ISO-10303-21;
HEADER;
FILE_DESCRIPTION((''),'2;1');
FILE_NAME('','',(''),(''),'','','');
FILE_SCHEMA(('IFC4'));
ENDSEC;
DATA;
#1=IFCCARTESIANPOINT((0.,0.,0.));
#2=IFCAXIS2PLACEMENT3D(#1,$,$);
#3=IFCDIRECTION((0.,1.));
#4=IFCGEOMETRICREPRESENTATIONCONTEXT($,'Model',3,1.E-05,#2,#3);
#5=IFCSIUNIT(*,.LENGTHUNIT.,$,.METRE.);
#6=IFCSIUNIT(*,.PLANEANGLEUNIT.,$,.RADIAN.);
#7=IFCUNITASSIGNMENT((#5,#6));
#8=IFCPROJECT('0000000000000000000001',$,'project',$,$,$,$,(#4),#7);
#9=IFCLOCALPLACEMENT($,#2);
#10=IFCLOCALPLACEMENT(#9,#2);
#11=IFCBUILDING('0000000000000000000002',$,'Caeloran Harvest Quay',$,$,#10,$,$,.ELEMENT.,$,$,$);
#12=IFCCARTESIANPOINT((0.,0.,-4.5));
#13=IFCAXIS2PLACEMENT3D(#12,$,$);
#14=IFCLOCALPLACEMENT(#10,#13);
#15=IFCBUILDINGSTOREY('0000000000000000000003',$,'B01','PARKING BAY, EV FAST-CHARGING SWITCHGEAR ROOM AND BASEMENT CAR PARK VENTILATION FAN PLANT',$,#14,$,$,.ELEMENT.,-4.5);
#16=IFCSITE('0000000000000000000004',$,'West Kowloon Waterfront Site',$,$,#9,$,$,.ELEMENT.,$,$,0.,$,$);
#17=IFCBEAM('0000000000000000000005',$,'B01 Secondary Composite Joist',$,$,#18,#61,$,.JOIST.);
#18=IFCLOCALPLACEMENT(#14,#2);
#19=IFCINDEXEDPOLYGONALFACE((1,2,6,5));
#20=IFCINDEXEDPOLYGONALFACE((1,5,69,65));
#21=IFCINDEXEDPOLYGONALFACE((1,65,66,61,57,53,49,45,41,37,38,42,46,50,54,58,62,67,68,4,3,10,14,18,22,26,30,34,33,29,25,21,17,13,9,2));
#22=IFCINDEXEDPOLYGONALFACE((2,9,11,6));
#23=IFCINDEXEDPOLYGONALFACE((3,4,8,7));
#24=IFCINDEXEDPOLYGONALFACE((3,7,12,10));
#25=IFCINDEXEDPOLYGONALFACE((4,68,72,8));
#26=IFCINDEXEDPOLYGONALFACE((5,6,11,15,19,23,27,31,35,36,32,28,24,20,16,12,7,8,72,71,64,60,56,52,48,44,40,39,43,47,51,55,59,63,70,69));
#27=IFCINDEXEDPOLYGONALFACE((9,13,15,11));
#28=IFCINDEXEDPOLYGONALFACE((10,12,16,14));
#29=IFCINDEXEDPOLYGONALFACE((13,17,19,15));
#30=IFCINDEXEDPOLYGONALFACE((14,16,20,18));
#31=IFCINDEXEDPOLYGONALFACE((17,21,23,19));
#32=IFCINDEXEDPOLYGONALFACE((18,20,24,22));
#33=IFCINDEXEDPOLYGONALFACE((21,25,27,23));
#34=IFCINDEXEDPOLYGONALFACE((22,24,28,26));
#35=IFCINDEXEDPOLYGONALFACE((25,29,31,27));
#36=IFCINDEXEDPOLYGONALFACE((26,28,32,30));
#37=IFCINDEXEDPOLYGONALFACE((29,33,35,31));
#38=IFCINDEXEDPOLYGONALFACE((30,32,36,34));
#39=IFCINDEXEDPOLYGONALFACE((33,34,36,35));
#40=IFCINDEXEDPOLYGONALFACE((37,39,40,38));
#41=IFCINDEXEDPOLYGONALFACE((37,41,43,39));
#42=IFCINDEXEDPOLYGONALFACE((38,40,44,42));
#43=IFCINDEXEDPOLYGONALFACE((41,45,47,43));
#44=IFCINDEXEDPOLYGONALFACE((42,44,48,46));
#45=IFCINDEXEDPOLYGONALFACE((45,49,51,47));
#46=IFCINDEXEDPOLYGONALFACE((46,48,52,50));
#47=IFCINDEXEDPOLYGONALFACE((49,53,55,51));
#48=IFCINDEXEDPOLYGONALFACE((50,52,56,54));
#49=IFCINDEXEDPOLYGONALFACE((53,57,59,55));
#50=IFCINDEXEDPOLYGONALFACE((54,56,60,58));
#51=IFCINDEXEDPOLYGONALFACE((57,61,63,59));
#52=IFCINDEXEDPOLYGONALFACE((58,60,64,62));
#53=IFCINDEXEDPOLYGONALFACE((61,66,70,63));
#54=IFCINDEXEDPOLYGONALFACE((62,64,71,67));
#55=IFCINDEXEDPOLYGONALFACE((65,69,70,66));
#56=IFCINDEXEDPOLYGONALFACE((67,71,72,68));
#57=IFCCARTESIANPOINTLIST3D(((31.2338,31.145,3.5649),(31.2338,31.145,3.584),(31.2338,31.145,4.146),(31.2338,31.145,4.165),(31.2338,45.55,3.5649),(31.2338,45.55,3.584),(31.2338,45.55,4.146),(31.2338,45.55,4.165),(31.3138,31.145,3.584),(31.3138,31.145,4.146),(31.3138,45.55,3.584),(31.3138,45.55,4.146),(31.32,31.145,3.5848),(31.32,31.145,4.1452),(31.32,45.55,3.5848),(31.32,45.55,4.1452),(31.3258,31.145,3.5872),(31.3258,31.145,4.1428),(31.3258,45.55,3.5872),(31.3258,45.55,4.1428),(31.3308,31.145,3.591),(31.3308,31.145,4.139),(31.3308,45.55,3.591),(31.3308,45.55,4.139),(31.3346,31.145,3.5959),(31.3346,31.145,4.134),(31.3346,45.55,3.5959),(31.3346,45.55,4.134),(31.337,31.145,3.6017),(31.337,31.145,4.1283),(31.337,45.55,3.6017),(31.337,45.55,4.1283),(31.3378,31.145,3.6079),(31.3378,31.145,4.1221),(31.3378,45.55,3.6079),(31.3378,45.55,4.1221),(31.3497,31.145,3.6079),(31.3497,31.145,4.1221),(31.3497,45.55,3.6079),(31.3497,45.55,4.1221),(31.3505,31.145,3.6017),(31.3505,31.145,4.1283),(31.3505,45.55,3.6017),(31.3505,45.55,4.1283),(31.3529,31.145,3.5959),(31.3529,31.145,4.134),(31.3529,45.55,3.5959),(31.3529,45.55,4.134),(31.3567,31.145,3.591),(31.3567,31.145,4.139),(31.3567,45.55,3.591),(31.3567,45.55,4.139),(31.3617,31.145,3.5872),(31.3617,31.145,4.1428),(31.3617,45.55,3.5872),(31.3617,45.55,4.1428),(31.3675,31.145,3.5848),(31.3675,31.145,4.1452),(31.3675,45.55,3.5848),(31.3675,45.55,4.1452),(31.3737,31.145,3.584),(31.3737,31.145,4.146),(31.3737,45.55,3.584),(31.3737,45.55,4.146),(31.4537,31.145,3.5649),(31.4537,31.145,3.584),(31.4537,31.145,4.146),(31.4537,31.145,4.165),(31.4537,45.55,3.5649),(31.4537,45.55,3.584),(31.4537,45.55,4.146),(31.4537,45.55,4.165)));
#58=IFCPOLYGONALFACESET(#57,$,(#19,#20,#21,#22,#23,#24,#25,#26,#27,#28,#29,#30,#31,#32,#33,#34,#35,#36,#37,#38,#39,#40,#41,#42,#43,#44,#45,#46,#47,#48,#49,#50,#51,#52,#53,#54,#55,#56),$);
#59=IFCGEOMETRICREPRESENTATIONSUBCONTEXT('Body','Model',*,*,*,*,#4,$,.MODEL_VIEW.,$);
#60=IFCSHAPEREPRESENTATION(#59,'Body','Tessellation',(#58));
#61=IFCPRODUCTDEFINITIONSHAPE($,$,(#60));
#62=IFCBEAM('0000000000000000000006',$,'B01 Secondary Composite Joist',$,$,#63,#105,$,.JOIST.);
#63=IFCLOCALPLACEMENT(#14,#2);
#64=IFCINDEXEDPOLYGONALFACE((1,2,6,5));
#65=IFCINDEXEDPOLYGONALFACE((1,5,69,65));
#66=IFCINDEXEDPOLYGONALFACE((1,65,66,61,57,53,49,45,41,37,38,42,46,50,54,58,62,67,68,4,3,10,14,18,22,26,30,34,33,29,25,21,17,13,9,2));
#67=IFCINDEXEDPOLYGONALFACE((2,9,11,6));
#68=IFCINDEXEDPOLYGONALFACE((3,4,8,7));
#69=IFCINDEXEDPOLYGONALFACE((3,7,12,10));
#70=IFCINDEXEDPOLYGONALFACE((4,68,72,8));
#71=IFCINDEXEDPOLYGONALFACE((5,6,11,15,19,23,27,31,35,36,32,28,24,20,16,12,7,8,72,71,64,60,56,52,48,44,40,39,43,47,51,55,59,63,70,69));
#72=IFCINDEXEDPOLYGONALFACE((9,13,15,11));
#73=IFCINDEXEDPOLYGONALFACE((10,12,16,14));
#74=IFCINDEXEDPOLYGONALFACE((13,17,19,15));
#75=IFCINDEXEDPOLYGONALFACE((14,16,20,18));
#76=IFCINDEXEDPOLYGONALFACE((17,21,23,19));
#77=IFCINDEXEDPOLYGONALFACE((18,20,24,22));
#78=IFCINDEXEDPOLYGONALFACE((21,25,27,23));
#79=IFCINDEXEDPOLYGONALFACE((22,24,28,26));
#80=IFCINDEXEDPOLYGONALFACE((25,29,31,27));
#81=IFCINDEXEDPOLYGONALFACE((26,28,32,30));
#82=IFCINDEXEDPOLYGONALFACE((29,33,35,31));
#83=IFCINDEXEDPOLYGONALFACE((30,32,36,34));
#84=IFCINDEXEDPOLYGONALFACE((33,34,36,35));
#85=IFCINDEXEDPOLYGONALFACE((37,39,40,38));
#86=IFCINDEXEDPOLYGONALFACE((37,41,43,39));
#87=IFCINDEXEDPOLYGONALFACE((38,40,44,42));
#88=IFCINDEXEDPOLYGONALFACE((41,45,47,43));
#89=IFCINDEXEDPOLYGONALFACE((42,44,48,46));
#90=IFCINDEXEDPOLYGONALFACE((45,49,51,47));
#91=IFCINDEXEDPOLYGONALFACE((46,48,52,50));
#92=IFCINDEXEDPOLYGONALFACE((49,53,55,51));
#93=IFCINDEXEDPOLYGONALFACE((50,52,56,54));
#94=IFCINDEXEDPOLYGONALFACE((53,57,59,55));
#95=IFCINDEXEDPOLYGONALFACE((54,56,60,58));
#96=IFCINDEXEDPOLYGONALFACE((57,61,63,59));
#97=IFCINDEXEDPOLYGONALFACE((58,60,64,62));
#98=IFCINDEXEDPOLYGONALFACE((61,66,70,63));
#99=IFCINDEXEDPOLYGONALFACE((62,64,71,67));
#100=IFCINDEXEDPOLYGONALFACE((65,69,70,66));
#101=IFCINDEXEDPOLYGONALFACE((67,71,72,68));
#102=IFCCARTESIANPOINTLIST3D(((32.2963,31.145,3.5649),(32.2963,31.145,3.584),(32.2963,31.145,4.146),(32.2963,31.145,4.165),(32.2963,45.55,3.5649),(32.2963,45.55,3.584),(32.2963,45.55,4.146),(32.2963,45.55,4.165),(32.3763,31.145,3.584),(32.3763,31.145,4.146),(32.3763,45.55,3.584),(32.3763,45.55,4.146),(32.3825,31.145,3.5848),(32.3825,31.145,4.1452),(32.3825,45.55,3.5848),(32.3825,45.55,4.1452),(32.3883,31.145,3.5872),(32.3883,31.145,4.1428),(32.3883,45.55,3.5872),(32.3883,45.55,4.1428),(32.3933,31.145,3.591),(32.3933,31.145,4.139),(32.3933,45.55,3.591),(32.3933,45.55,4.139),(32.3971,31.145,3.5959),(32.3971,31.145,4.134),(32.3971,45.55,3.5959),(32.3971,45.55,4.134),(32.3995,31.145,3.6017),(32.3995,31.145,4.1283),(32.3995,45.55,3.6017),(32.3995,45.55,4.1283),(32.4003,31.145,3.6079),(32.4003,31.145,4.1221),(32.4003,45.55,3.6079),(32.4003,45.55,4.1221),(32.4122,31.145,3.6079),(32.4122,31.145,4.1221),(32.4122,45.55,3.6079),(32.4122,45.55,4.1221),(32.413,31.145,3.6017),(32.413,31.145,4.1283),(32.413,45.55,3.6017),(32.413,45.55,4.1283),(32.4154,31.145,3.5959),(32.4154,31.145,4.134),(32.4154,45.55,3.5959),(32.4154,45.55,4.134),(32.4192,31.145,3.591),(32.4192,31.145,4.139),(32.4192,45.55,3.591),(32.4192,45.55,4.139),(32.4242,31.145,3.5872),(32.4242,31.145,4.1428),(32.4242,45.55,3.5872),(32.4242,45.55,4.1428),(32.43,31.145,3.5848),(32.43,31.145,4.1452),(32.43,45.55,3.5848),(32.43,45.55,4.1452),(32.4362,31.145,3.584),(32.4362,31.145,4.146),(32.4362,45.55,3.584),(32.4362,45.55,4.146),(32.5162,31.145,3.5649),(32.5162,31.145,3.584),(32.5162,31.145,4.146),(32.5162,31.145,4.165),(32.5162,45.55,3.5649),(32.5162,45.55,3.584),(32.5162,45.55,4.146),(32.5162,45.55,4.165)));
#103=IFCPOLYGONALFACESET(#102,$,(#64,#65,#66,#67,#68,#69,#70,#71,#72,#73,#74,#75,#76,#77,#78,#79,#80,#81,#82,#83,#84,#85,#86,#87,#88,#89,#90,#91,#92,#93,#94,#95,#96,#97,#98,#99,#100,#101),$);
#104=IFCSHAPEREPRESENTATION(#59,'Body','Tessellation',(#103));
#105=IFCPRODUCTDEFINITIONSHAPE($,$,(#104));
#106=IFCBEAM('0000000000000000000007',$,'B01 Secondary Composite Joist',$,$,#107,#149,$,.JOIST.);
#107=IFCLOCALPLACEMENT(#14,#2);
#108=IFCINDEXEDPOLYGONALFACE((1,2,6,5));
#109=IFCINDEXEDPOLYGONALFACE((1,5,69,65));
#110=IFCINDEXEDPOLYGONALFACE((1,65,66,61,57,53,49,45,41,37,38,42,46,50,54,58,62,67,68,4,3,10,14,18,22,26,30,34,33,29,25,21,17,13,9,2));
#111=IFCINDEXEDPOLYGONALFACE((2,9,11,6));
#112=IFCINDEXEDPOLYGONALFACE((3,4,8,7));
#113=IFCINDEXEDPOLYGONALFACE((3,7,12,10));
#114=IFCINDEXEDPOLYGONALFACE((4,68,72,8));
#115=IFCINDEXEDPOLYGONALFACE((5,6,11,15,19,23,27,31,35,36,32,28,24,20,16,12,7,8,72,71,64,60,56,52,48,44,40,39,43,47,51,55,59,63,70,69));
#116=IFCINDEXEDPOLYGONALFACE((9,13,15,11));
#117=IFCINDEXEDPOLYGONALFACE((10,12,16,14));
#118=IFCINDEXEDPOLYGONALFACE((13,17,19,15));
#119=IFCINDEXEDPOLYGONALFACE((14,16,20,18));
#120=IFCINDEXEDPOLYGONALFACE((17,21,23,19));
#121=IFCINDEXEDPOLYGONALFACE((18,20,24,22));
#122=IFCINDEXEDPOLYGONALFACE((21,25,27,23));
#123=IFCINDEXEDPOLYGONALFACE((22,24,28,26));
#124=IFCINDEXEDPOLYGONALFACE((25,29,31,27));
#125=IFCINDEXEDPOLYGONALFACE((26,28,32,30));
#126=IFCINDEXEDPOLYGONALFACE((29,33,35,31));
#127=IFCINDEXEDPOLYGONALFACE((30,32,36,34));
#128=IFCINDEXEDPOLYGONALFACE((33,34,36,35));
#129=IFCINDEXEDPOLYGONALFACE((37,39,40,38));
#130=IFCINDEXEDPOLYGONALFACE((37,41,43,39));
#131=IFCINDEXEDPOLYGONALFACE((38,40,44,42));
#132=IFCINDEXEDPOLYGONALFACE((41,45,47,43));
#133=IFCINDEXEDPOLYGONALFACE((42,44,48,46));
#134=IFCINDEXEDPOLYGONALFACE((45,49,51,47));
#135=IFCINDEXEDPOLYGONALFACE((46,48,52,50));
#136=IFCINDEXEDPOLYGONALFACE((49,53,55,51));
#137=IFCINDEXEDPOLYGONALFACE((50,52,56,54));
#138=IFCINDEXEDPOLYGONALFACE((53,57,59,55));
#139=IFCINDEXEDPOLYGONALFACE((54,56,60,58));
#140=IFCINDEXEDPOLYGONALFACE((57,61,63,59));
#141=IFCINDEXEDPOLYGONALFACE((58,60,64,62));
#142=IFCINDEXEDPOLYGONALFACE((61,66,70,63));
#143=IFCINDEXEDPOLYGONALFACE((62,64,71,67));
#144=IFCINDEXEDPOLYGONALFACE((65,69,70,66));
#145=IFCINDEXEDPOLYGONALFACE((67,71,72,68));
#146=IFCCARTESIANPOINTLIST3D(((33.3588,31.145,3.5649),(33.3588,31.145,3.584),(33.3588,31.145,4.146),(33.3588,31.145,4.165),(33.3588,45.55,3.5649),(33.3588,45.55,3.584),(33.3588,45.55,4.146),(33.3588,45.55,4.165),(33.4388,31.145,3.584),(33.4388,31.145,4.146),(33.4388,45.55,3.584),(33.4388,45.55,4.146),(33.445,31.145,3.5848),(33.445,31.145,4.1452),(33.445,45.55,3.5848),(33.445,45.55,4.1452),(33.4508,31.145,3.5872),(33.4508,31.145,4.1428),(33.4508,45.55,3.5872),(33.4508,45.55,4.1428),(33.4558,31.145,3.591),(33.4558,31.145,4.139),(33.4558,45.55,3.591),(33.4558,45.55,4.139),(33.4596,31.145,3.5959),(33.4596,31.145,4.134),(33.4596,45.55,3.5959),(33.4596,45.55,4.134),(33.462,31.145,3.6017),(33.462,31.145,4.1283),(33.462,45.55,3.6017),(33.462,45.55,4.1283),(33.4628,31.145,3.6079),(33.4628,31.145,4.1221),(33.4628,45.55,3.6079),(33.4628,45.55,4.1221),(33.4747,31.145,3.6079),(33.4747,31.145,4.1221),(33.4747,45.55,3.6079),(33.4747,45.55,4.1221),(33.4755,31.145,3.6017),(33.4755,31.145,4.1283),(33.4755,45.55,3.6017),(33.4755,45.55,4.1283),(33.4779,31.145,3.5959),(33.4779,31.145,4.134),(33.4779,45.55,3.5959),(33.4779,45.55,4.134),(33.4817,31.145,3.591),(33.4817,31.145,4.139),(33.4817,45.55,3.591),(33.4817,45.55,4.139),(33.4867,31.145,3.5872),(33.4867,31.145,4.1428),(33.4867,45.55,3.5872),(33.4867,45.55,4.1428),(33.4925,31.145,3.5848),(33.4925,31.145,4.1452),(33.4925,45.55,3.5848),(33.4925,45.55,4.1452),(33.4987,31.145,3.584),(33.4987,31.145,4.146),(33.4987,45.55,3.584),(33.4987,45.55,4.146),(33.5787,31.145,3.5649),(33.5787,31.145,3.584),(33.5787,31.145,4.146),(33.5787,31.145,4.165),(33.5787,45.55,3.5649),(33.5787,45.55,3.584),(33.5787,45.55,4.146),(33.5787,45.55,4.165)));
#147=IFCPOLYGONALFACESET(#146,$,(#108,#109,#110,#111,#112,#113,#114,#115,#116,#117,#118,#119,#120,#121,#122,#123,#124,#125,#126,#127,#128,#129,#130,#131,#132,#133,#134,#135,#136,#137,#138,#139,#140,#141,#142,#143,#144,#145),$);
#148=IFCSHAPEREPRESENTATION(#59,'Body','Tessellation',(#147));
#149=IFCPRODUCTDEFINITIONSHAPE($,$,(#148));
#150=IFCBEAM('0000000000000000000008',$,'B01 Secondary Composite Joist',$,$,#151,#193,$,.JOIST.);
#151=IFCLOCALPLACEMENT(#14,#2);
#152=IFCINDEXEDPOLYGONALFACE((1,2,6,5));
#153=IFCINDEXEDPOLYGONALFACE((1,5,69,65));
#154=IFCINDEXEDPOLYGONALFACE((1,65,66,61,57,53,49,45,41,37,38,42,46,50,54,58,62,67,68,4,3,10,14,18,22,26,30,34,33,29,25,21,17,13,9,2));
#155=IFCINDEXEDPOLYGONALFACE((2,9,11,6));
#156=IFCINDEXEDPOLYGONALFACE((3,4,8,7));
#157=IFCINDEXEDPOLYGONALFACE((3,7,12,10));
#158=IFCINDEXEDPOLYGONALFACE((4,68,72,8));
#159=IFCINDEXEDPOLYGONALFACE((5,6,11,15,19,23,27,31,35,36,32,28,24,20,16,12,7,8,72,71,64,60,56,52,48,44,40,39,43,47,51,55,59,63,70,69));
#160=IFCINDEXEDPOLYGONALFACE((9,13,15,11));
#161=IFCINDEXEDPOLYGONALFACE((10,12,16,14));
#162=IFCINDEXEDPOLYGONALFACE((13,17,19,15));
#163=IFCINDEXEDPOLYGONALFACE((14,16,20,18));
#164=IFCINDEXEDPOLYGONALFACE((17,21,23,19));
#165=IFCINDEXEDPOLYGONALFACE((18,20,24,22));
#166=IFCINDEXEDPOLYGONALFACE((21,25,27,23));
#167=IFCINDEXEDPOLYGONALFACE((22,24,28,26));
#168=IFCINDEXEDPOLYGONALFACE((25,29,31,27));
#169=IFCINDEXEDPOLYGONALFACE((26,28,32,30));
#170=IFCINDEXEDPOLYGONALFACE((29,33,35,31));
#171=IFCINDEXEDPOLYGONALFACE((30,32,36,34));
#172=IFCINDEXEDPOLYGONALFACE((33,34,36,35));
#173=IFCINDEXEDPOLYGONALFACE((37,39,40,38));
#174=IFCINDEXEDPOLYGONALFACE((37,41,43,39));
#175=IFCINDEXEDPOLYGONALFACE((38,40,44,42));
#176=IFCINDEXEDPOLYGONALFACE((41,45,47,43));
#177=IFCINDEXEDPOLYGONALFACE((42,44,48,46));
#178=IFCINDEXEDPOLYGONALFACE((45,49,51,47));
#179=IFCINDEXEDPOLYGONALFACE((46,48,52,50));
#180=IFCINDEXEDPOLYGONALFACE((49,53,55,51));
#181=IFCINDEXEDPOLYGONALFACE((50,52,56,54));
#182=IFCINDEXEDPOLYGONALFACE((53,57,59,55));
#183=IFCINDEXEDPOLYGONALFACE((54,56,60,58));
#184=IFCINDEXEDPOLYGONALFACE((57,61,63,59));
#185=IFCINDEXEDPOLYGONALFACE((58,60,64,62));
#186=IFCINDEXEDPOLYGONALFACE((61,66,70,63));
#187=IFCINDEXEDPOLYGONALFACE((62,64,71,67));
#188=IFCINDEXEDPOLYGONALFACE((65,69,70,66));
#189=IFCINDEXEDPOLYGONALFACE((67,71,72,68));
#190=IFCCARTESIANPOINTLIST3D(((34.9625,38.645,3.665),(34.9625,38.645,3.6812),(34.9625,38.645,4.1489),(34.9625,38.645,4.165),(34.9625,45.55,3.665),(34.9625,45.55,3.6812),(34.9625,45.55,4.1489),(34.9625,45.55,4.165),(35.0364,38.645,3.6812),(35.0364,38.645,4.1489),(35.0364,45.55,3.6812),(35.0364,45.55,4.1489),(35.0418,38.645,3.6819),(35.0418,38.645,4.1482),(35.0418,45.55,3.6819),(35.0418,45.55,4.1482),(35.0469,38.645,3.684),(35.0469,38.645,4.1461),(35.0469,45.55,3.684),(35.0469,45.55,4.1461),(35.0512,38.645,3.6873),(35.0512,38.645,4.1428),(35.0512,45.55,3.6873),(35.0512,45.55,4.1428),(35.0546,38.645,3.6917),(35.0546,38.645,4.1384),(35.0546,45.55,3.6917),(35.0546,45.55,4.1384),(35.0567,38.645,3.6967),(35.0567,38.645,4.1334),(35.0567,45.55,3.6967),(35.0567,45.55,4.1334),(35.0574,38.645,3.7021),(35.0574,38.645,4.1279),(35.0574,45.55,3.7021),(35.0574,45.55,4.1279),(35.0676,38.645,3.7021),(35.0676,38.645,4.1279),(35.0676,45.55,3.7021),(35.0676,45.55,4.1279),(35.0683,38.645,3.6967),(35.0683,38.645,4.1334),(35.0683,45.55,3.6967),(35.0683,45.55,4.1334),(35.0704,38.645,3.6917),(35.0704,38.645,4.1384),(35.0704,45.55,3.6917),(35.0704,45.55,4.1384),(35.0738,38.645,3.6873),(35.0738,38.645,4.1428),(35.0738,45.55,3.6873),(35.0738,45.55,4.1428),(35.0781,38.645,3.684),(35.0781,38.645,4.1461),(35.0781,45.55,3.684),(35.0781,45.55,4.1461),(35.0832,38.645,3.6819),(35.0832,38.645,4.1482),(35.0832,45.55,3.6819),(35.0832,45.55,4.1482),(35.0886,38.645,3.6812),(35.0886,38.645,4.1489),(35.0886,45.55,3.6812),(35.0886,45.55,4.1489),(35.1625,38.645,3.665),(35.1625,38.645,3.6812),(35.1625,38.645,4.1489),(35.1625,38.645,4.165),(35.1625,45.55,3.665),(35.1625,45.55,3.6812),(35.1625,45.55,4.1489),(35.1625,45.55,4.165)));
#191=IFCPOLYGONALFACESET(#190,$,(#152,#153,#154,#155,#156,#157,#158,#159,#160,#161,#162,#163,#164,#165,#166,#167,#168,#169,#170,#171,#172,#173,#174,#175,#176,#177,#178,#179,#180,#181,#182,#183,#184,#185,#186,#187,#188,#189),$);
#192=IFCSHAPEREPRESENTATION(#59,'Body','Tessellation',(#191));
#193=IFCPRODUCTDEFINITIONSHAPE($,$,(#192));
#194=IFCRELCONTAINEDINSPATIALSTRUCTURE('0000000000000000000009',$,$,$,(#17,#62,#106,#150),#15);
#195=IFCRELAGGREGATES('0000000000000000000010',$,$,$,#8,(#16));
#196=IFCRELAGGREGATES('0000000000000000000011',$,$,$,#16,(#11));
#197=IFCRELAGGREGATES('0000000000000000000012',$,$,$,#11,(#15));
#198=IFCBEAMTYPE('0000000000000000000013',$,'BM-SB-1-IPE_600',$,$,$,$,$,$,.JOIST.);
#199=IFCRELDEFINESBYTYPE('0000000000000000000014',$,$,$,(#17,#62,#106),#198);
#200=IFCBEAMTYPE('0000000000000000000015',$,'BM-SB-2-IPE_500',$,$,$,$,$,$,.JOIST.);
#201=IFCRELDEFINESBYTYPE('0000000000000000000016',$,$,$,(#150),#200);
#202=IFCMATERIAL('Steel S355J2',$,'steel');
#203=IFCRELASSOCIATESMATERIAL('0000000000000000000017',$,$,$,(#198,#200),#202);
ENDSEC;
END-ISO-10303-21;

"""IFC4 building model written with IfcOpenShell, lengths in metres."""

from ifc_helpers import new_model, si_unit, direction, frame, origin, origin_2d, place, context, subcontext, project, spatial, i_section, extrude, material, material_profile, profile_set, type_object, element, save


model = new_model("IFC4")

# Units and contexts
model_context = context("Model", 3, precision=1e-05, world=origin(), true_north=direction((0.0, 1.0)))
body_context = subcontext(model_context, "Body", "Model", "MODEL_VIEW")
ifc_project = project(units=[si_unit("LENGTHUNIT", "METRE"), si_unit("PLANEANGLEUNIT", "RADIAN")], contexts=[model_context])

# Site, building, storey
site_placement = place(None, origin())
site = spatial("IfcSite", under=ifc_project, at=site_placement, Name="West Kowloon Waterfront Site", CompositionType="ELEMENT", RefElevation=0.0)
building_placement = place(site_placement, origin())
building = spatial("IfcBuilding", under=site, at=building_placement, Name="Caeloran Harvest Quay", CompositionType="ELEMENT")
storey_placement = place(building_placement, frame((0.0, 0.0, -4.5)))
storey = spatial("IfcBuildingStorey", under=building, at=storey_placement, Name="B01", Description="PARKING BAY, EV FAST-CHARGING SWITCHGEAR ROOM AND BASEMENT CAR PARK VENTILATION FAN PLANT", CompositionType="ELEMENT", Elevation=-4.5)

# Beams
ifc_material_1 = material(Name="Steel S355J2", Category="steel")
ifc_material_profile_1 = material_profile(ifc_material_1, i_section(OverallWidth=0.22, OverallDepth=0.6001, WebThickness=0.012, FlangeThickness=0.019, FilletRadius=0.0239, at=origin_2d()), Name="IPE 600")
ifc_profile_set_1 = profile_set([ifc_material_profile_1], Name="Steel S355J2")
beam_type_1 = type_object("IfcBeamType", Name="BM-SB-1-IPE_600", PredefinedType="JOIST", material=ifc_profile_set_1)
for number, where, z_axis, x_axis, name in (
    (1, (31.3438, 31.145, 3.865), (0.0, 1.0, 0.0), (-1.0, 0.0, 0.0), "B01 Secondary Composite Joist"),
    (2, (32.4062, 31.145, 3.865), (0.0, 1.0, 0.0), (-1.0, 0.0, 0.0), "B01 Secondary Composite Joist"),
    (3, (33.4688, 31.145, 3.865), (0.0, 1.0, 0.0), (-1.0, 0.0, 0.0), "B01 Secondary Composite Joist"),
):
    element("IfcBeam", number, at=place(storey_placement, frame(where, z_axis=z_axis, x_axis=x_axis)), inside=storey, type_object=beam_type_1, Name=name, PredefinedType="JOIST", context=body_context, shape_type="SweptSolid", body=[
        extrude(i_section(OverallWidth=0.22, OverallDepth=0.6001, WebThickness=0.012, FlangeThickness=0.019, FilletRadius=0.0239, at=origin_2d()), origin(), (0.0, 0.0, 1.0), 14.405),
    ])
ifc_material_profile_2 = material_profile(ifc_material_1, i_section(OverallWidth=0.2, OverallDepth=0.5, WebThickness=0.0103, FlangeThickness=0.0161, FilletRadius=0.021, at=origin_2d()), Name="IPE 500")
ifc_profile_set_2 = profile_set([ifc_material_profile_2], Name="Steel S355J2")
beam_type_2 = type_object("IfcBeamType", Name="BM-SB-2-IPE_500", PredefinedType="JOIST", material=ifc_profile_set_2)
beam_1_placement = place(storey_placement, frame((35.0625, 38.645, 3.915), z_axis=(0.0, 1.0, 0.0), x_axis=(-1.0, 0.0, 0.0)))
element("IfcBeam", 4, at=beam_1_placement, inside=storey, type_object=beam_type_2, Name="B01 Secondary Composite Joist", PredefinedType="JOIST", context=body_context, shape_type="SweptSolid", body=[
    extrude(i_section(OverallWidth=0.2, OverallDepth=0.5, WebThickness=0.0103, FlangeThickness=0.0161, FilletRadius=0.021, at=origin_2d()), origin(), (0.0, 0.0, 1.0), 6.905),
])

save(model, "model.ifc")
